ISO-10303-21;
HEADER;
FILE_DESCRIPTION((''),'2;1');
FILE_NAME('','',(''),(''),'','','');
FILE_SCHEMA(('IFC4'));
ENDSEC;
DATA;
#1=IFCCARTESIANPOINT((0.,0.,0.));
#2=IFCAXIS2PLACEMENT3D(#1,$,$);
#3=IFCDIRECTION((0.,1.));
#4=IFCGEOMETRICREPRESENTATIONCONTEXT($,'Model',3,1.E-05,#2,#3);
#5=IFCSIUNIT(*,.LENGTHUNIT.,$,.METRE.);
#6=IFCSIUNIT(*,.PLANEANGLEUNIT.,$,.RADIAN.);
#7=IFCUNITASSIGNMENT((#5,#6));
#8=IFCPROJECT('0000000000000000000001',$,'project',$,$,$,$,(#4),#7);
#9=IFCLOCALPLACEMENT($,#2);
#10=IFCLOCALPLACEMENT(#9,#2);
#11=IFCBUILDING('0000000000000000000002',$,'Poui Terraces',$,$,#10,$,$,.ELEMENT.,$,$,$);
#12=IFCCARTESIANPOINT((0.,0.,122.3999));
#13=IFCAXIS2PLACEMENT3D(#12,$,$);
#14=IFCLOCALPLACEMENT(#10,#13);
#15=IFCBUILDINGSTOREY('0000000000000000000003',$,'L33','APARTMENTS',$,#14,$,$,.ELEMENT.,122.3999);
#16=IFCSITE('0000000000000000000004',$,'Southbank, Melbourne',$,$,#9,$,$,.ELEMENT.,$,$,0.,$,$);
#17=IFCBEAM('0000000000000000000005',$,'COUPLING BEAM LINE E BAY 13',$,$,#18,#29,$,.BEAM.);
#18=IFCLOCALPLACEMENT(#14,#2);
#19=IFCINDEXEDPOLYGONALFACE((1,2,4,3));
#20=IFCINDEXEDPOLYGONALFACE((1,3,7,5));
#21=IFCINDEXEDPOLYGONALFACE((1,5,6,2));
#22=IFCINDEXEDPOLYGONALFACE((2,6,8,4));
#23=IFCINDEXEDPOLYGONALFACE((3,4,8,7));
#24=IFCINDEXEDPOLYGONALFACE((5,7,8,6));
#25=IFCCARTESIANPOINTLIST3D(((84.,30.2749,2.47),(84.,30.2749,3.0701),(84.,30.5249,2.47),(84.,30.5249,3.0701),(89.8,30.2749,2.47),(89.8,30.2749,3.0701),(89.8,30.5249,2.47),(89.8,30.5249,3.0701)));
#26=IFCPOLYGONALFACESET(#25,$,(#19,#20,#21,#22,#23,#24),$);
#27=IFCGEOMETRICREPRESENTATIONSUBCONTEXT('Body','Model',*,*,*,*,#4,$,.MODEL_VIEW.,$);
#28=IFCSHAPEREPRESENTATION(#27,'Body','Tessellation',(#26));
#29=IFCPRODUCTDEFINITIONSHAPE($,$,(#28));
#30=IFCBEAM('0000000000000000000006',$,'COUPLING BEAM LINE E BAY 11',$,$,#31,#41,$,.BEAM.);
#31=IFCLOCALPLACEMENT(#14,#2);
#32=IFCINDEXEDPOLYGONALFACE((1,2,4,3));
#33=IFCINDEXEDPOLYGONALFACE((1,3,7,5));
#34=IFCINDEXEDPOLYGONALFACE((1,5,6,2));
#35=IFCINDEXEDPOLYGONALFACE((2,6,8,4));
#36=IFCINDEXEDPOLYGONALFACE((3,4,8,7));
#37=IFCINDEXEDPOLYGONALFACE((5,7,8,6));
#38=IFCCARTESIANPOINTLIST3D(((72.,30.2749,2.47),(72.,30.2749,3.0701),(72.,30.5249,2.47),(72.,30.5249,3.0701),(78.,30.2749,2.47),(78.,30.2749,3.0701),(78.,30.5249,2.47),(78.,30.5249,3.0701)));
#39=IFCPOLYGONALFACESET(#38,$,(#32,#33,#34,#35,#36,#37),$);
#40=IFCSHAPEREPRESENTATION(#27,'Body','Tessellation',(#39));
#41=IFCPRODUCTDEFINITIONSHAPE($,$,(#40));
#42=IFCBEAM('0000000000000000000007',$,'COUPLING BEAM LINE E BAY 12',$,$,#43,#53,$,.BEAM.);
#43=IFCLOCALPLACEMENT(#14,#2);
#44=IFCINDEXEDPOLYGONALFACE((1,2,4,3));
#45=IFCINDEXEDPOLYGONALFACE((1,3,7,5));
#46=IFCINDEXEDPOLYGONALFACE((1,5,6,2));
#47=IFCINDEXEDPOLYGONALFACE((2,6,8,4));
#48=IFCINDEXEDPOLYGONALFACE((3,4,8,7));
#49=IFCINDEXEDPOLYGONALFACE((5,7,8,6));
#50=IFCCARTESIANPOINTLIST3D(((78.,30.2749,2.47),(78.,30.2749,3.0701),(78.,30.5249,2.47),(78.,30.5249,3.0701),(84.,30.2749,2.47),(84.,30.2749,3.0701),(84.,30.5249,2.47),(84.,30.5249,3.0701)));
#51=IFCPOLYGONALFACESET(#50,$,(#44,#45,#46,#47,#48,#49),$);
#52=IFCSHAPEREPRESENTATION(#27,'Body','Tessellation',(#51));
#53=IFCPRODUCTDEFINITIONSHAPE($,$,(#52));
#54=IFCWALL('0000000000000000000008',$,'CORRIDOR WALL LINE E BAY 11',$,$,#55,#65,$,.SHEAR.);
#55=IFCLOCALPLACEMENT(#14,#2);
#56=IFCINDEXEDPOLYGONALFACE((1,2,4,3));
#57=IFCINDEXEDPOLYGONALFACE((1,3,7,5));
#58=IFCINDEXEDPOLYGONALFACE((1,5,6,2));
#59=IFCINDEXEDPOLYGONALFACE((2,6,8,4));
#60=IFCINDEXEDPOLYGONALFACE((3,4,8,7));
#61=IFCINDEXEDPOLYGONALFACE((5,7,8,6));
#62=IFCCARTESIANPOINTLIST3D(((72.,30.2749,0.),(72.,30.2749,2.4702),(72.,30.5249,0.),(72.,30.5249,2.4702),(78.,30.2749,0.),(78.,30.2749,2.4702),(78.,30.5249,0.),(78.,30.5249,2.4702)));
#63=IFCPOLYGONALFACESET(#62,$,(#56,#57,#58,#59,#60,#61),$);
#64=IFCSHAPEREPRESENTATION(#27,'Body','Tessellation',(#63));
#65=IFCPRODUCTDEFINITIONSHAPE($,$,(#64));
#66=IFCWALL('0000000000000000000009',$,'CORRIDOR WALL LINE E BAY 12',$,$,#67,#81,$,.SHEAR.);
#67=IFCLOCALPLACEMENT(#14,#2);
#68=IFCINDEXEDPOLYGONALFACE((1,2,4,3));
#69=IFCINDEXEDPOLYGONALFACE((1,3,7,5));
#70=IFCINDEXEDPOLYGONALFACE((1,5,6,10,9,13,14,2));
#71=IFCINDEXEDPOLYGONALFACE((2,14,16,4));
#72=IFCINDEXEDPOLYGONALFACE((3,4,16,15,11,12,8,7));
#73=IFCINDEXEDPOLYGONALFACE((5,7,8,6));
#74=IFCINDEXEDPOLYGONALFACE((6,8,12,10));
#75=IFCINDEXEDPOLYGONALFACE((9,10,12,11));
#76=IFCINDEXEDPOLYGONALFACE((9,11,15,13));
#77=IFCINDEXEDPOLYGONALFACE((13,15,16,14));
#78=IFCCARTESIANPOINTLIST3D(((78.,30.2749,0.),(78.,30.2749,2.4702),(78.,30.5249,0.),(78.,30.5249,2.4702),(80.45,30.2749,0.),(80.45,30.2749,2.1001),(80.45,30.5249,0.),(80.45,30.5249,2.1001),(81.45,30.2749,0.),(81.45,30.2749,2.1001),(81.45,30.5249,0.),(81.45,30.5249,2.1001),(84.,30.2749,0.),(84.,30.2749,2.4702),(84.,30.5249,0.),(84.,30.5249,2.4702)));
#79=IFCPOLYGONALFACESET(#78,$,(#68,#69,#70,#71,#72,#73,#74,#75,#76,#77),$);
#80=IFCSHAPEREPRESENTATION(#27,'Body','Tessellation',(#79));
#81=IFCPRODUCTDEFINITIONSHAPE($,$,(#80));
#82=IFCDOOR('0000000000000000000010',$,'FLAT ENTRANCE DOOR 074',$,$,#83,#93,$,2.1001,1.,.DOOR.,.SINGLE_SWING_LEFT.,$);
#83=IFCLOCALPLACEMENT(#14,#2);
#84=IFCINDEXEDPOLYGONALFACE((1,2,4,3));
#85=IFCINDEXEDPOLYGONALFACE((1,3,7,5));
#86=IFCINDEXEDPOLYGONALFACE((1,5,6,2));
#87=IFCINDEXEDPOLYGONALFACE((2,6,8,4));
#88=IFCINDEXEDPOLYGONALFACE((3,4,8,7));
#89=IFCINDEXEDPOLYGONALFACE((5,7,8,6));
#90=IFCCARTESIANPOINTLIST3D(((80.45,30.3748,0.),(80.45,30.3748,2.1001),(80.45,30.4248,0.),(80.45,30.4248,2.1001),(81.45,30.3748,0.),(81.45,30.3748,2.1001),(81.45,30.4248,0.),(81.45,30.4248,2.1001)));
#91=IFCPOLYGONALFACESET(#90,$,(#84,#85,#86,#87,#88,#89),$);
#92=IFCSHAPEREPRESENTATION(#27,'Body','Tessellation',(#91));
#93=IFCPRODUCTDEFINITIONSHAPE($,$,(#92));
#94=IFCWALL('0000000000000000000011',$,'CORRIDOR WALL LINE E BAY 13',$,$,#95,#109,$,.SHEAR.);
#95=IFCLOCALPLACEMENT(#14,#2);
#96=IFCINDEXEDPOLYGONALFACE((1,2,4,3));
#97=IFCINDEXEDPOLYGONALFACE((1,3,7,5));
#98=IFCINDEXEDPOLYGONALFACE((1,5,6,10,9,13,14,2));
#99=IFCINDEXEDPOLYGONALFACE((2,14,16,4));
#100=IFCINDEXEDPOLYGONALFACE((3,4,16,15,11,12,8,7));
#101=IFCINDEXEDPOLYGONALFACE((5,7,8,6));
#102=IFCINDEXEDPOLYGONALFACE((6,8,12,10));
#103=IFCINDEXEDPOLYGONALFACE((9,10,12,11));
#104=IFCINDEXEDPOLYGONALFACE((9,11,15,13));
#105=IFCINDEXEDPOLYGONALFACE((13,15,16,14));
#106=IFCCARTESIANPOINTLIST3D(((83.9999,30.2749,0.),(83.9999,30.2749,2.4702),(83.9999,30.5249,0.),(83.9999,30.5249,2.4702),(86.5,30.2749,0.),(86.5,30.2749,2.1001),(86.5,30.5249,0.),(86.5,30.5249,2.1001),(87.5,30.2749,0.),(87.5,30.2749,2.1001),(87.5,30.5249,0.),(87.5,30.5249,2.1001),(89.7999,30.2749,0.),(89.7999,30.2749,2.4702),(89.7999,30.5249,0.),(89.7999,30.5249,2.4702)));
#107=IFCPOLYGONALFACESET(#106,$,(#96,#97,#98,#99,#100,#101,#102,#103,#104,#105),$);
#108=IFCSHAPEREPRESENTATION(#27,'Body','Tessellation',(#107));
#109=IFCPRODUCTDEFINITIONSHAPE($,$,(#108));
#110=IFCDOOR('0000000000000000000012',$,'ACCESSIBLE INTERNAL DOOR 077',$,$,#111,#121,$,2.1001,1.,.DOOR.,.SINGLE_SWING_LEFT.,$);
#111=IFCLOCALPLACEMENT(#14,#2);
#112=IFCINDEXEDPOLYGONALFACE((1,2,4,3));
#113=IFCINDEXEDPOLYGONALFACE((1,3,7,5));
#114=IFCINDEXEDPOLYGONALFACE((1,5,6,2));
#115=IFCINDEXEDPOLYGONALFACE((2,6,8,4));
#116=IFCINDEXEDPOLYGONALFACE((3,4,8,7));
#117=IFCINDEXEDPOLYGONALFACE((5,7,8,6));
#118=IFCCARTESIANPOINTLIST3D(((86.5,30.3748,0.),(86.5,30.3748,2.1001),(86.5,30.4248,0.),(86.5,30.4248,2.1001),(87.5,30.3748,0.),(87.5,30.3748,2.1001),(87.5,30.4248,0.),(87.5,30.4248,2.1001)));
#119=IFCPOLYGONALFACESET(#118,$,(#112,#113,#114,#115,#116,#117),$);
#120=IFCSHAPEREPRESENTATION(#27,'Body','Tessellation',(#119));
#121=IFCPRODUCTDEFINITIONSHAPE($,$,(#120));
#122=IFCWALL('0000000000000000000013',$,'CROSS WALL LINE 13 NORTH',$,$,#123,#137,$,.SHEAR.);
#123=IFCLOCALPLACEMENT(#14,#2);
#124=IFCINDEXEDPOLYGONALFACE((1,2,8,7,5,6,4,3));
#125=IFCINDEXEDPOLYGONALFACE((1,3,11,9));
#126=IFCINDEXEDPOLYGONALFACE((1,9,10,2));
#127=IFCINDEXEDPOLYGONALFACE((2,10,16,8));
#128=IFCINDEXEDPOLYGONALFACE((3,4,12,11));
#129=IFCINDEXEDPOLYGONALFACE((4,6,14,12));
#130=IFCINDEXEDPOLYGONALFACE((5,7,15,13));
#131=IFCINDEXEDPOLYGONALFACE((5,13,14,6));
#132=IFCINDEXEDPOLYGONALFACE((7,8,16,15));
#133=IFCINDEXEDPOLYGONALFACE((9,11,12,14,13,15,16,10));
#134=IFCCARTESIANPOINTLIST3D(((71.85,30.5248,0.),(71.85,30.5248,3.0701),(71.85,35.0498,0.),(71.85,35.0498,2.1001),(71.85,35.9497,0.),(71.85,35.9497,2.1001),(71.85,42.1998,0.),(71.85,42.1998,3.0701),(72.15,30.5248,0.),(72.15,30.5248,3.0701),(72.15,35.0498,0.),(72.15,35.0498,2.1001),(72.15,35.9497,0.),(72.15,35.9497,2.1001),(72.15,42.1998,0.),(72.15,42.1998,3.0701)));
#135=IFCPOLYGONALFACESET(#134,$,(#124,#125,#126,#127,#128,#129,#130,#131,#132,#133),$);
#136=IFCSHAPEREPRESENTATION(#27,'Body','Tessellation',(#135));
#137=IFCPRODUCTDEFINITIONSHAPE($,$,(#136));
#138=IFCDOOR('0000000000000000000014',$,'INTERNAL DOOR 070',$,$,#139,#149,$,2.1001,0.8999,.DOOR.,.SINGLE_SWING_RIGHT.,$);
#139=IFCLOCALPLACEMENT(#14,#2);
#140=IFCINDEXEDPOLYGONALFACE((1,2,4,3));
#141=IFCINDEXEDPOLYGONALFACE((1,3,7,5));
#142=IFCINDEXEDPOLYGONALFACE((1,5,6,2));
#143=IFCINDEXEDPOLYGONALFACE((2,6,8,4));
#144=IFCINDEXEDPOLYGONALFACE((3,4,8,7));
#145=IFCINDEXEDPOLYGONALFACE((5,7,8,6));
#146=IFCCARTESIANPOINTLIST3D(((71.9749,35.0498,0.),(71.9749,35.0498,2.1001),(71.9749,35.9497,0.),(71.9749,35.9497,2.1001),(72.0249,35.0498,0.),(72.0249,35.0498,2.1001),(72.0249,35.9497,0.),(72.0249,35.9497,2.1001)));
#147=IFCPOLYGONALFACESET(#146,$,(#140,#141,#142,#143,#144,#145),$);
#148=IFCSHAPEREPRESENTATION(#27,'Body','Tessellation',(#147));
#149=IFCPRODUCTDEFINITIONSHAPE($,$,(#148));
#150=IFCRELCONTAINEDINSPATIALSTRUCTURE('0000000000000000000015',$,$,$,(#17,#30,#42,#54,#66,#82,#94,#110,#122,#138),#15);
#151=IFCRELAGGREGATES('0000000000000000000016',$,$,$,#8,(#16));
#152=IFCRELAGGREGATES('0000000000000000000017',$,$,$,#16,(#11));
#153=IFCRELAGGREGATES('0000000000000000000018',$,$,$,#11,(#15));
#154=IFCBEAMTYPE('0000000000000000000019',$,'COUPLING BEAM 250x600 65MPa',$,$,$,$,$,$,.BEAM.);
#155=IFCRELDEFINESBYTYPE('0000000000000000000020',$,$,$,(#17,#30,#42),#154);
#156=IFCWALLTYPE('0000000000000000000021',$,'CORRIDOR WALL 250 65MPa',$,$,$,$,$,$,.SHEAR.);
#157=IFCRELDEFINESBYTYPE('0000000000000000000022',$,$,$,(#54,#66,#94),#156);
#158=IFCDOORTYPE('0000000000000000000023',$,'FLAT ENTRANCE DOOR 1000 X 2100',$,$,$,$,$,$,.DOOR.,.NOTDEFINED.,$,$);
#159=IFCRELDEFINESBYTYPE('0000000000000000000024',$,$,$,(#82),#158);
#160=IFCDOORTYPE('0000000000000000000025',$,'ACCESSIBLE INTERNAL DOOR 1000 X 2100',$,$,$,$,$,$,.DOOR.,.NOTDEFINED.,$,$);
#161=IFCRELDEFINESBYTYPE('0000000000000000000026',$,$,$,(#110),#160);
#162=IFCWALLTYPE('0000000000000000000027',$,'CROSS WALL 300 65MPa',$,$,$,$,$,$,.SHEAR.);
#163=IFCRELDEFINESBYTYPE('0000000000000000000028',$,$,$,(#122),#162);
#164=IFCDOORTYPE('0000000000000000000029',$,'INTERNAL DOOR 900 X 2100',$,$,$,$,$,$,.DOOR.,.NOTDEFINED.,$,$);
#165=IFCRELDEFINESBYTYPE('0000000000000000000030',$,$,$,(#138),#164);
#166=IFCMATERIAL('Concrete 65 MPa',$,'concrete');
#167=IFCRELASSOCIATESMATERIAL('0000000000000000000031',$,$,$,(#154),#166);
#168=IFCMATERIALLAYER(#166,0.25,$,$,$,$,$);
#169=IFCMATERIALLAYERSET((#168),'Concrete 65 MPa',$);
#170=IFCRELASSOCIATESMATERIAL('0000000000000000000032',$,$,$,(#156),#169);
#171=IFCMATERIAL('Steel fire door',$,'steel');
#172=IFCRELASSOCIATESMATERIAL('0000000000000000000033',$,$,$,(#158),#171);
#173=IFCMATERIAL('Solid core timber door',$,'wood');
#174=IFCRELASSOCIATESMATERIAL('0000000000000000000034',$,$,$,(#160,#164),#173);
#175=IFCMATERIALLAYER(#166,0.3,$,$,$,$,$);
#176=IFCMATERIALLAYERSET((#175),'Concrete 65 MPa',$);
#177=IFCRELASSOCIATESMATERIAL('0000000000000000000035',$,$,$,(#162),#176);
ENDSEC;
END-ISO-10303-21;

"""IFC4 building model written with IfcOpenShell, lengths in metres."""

from ifc_helpers import new_model, si_unit, direction, frame, frame_2d, origin, origin_2d, place, context, subcontext, project, spatial, rectangle, extrude, source, transform, mapped, material, layer, layer_set, material_profile, profile_set, type_object, element, fill, save


model = new_model("IFC4")

# Units and contexts
model_context = context("Model", 3, precision=1e-05, world=origin(), true_north=direction((0.0, 1.0)))
body_context = subcontext(model_context, "Body", "Model", "MODEL_VIEW")
ifc_project = project(units=[si_unit("LENGTHUNIT", "METRE"), si_unit("PLANEANGLEUNIT", "RADIAN")], contexts=[model_context])

# Site, building, storey
site_placement = place(None, origin())
site = spatial("IfcSite", under=ifc_project, at=site_placement, Name="Southbank, Melbourne", CompositionType="ELEMENT", RefElevation=0.0)
building_placement = place(site_placement, origin())
building = spatial("IfcBuilding", under=site, at=building_placement, Name="Poui Terraces", CompositionType="ELEMENT")
storey_placement = place(building_placement, frame((0.0, 0.0, 122.3999)))
storey = spatial("IfcBuildingStorey", under=building, at=storey_placement, Name="L33", Description="APARTMENTS", CompositionType="ELEMENT", Elevation=122.3999)

# Beams
ifc_material_1 = material(Name="Concrete 65 MPa", Category="concrete")
ifc_material_profile = material_profile(ifc_material_1, rectangle(XDim=0.25, YDim=0.6001, at=origin_2d()), Name="RC 250x600")
ifc_profile_set = profile_set([ifc_material_profile], Name="Concrete 65 MPa")
beam_type = type_object("IfcBeamType", Name="COUPLING BEAM 250x600 65MPa", PredefinedType="BEAM", material=ifc_profile_set)
shared_shape_1 = source(origin(), body_context, "Body", "SweptSolid", [
    extrude(rectangle(XDim=0.25, YDim=0.6001, at=origin_2d()), origin(), (0.0, 0.0, 1.0), 5.8),
])
beam_placement = place(storey_placement, frame((84.0, 30.3999, 2.77), z_axis=(1.0, 0.0, 0.0), x_axis=(0.0, 1.0, 0.0)))
element("IfcBeam", 1, at=beam_placement, inside=storey, type_object=beam_type, Name="COUPLING BEAM LINE E BAY 13", PredefinedType="BEAM", context=body_context, shape_type="MappedRepresentation", body=[
    mapped(shared_shape_1, transform((0.0, 0.0, 0.0))),
])
shared_shape_2 = source(origin(), body_context, "Body", "SweptSolid", [
    extrude(rectangle(XDim=0.25, YDim=0.6001, at=origin_2d()), origin(), (0.0, 0.0, 1.0), 6.0),
])
for number, where, z_axis, x_axis, name in (
    (2, (72.0, 30.3999, 2.77), (1.0, 0.0, 0.0), (0.0, 1.0, 0.0), "COUPLING BEAM LINE E BAY 11"),
    (3, (78.0, 30.3999, 2.77), (1.0, 0.0, 0.0), (0.0, 1.0, 0.0), "COUPLING BEAM LINE E BAY 12"),
):
    element("IfcBeam", number, at=place(storey_placement, frame(where, z_axis=z_axis, x_axis=x_axis)), inside=storey, type_object=beam_type, Name=name, PredefinedType="BEAM", context=body_context, shape_type="MappedRepresentation", body=[
        mapped(shared_shape_2, transform((0.0, 0.0, 0.0))),
    ])

# Wall
ifc_layer_1 = layer(ifc_material_1, 0.25)
ifc_layer_set_1 = layer_set([ifc_layer_1], Name="Concrete 65 MPa")
wall_type_1 = type_object("IfcWallType", Name="CORRIDOR WALL 250 65MPa", PredefinedType="SHEAR", material=ifc_layer_set_1)
wall_1_placement = place(storey_placement, frame((72.0, 30.3999, 0.0), z_axis=(0.0, 0.0, 1.0), x_axis=(1.0, 0.0, 0.0)))
element("IfcWall", 4, at=wall_1_placement, inside=storey, type_object=wall_type_1, Name="CORRIDOR WALL LINE E BAY 11", PredefinedType="SHEAR", context=body_context, shape_type="SweptSolid", body=[
    extrude(rectangle(XDim=6.0, YDim=0.25, at=frame_2d((3.0, 0.0))), origin(), (0.0, 0.0, 1.0), 2.4702),
])

# Walls, openings, doors
wall_2_placement = place(storey_placement, frame((78.0, 30.3999, 0.0), z_axis=(0.0, 0.0, 1.0), x_axis=(1.0, 0.0, 0.0)))
wall_2 = element("IfcWall", 5, at=wall_2_placement, inside=storey, type_object=wall_type_1, Name="CORRIDOR WALL LINE E BAY 12", PredefinedType="SHEAR", context=body_context, shape_type="SweptSolid", body=[
    extrude(rectangle(XDim=6.0, YDim=0.25, at=frame_2d((3.0, 0.0))), origin(), (0.0, 0.0, 1.0), 2.4702),
])
opening_1_placement = place(wall_2_placement, frame((2.45, 0.0, 0.0)))
opening_1 = element("IfcOpeningElement", 6, at=opening_1_placement, cuts=wall_2, PredefinedType="OPENING", context=body_context, shape_type="SweptSolid", body=[
    extrude(rectangle(XDim=1.0, YDim=2.1001, at=frame_2d((0.5, 1.05))), frame((0.0, 0.135, 0.0), z_axis=(0.0, -1.0, 0.0), x_axis=(1.0, 0.0, 0.0)), (0.0, 0.0, 1.0), 0.27),
])
ifc_material_2 = material(Name="Steel fire door", Category="steel")
door_type_1 = type_object("IfcDoorType", Name="FLAT ENTRANCE DOOR 1000 X 2100", OperationType="NOTDEFINED", PredefinedType="DOOR", material=ifc_material_2)
door_1_placement = place(opening_1_placement, origin())
door_1 = element("IfcDoor", 7, at=door_1_placement, inside=storey, type_object=door_type_1, Name="FLAT ENTRANCE DOOR 074", OperationType="SINGLE_SWING_LEFT", OverallHeight=2.1001, OverallWidth=1.0, PredefinedType="DOOR", context=body_context, shape_type="SweptSolid", body=[
    extrude(rectangle(XDim=1.0, YDim=2.1001, at=frame_2d((0.5, 1.05))), frame((0.0, 0.0249, 0.0), z_axis=(0.0, -1.0, 0.0), x_axis=(1.0, 0.0, 0.0)), (0.0, 0.0, 1.0), 0.05),
])
fill(opening_1, door_1)
wall_3_placement = place(storey_placement, frame((84.0, 30.3999, 0.0), z_axis=(0.0, 0.0, 1.0), x_axis=(1.0, 0.0, 0.0)))
wall_3 = element("IfcWall", 8, at=wall_3_placement, inside=storey, type_object=wall_type_1, Name="CORRIDOR WALL LINE E BAY 13", PredefinedType="SHEAR", context=body_context, shape_type="SweptSolid", body=[
    extrude(rectangle(XDim=5.8, YDim=0.25, at=frame_2d((2.8999, 0.0))), origin(), (0.0, 0.0, 1.0), 2.4702),
])
opening_2_placement = place(wall_3_placement, frame((2.5, 0.0, 0.0)))
opening_2 = element("IfcOpeningElement", 9, at=opening_2_placement, cuts=wall_3, PredefinedType="OPENING", context=body_context, shape_type="SweptSolid", body=[
    extrude(rectangle(XDim=1.0, YDim=2.1001, at=frame_2d((0.5, 1.05))), frame((0.0, 0.135, 0.0), z_axis=(0.0, -1.0, 0.0), x_axis=(1.0, 0.0, 0.0)), (0.0, 0.0, 1.0), 0.27),
])
ifc_material_3 = material(Name="Solid core timber door", Category="wood")
door_type_2 = type_object("IfcDoorType", Name="ACCESSIBLE INTERNAL DOOR 1000 X 2100", OperationType="NOTDEFINED", PredefinedType="DOOR", material=ifc_material_3)
door_2_placement = place(opening_2_placement, origin())
door_2 = element("IfcDoor", 10, at=door_2_placement, inside=storey, type_object=door_type_2, Name="ACCESSIBLE INTERNAL DOOR 077", OperationType="SINGLE_SWING_LEFT", OverallHeight=2.1001, OverallWidth=1.0, PredefinedType="DOOR", context=body_context, shape_type="SweptSolid", body=[
    extrude(rectangle(XDim=1.0, YDim=2.1001, at=frame_2d((0.5, 1.05))), frame((0.0, 0.0249, 0.0), z_axis=(0.0, -1.0, 0.0), x_axis=(1.0, 0.0, 0.0)), (0.0, 0.0, 1.0), 0.05),
])
fill(opening_2, door_2)
ifc_layer_2 = layer(ifc_material_1, 0.3)
ifc_layer_set_2 = layer_set([ifc_layer_2], Name="Concrete 65 MPa")
wall_type_2 = type_object("IfcWallType", Name="CROSS WALL 300 65MPa", PredefinedType="SHEAR", material=ifc_layer_set_2)
wall_4_placement = place(storey_placement, frame((72.0, 30.5249, 0.0), z_axis=(0.0, 0.0, 1.0), x_axis=(0.0, 1.0, 0.0)))
wall_4 = element("IfcWall", 11, at=wall_4_placement, inside=storey, type_object=wall_type_2, Name="CROSS WALL LINE 13 NORTH", PredefinedType="SHEAR", context=body_context, shape_type="SweptSolid", body=[
    extrude(rectangle(XDim=11.675, YDim=0.3, at=frame_2d((5.8374, 0.0))), origin(), (0.0, 0.0, 1.0), 3.0701),
])
opening_3_placement = place(wall_4_placement, frame((4.5249, 0.0, 0.0)))
opening_3 = element("IfcOpeningElement", 12, at=opening_3_placement, cuts=wall_4, PredefinedType="OPENING", context=body_context, shape_type="SweptSolid", body=[
    extrude(rectangle(XDim=0.8999, YDim=2.1001, at=frame_2d((0.45, 1.05))), frame((0.0, 0.1602, 0.0), z_axis=(0.0, -1.0, 0.0), x_axis=(1.0, 0.0, 0.0)), (0.0, 0.0, 1.0), 0.3201),
])
door_type_3 = type_object("IfcDoorType", Name="INTERNAL DOOR 900 X 2100", OperationType="NOTDEFINED", PredefinedType="DOOR", material=ifc_material_3)
door_3_placement = place(opening_3_placement, frame((0.8999, 0.0, 0.0), z_axis=(0.0, 0.0, 1.0), x_axis=(-1.0, 0.0, 0.0)))
door_3 = element("IfcDoor", 13, at=door_3_placement, inside=storey, type_object=door_type_3, Name="INTERNAL DOOR 070", OperationType="SINGLE_SWING_RIGHT", OverallHeight=2.1001, OverallWidth=0.8999, PredefinedType="DOOR", context=body_context, shape_type="SweptSolid", body=[
    extrude(rectangle(XDim=0.8999, YDim=2.1001, at=frame_2d((0.45, 1.05))), frame((0.0, 0.0249, 0.0), z_axis=(0.0, -1.0, 0.0), x_axis=(1.0, 0.0, 0.0)), (0.0, 0.0, 1.0), 0.05),
])
fill(opening_3, door_3)

save(model, "model.ifc")
